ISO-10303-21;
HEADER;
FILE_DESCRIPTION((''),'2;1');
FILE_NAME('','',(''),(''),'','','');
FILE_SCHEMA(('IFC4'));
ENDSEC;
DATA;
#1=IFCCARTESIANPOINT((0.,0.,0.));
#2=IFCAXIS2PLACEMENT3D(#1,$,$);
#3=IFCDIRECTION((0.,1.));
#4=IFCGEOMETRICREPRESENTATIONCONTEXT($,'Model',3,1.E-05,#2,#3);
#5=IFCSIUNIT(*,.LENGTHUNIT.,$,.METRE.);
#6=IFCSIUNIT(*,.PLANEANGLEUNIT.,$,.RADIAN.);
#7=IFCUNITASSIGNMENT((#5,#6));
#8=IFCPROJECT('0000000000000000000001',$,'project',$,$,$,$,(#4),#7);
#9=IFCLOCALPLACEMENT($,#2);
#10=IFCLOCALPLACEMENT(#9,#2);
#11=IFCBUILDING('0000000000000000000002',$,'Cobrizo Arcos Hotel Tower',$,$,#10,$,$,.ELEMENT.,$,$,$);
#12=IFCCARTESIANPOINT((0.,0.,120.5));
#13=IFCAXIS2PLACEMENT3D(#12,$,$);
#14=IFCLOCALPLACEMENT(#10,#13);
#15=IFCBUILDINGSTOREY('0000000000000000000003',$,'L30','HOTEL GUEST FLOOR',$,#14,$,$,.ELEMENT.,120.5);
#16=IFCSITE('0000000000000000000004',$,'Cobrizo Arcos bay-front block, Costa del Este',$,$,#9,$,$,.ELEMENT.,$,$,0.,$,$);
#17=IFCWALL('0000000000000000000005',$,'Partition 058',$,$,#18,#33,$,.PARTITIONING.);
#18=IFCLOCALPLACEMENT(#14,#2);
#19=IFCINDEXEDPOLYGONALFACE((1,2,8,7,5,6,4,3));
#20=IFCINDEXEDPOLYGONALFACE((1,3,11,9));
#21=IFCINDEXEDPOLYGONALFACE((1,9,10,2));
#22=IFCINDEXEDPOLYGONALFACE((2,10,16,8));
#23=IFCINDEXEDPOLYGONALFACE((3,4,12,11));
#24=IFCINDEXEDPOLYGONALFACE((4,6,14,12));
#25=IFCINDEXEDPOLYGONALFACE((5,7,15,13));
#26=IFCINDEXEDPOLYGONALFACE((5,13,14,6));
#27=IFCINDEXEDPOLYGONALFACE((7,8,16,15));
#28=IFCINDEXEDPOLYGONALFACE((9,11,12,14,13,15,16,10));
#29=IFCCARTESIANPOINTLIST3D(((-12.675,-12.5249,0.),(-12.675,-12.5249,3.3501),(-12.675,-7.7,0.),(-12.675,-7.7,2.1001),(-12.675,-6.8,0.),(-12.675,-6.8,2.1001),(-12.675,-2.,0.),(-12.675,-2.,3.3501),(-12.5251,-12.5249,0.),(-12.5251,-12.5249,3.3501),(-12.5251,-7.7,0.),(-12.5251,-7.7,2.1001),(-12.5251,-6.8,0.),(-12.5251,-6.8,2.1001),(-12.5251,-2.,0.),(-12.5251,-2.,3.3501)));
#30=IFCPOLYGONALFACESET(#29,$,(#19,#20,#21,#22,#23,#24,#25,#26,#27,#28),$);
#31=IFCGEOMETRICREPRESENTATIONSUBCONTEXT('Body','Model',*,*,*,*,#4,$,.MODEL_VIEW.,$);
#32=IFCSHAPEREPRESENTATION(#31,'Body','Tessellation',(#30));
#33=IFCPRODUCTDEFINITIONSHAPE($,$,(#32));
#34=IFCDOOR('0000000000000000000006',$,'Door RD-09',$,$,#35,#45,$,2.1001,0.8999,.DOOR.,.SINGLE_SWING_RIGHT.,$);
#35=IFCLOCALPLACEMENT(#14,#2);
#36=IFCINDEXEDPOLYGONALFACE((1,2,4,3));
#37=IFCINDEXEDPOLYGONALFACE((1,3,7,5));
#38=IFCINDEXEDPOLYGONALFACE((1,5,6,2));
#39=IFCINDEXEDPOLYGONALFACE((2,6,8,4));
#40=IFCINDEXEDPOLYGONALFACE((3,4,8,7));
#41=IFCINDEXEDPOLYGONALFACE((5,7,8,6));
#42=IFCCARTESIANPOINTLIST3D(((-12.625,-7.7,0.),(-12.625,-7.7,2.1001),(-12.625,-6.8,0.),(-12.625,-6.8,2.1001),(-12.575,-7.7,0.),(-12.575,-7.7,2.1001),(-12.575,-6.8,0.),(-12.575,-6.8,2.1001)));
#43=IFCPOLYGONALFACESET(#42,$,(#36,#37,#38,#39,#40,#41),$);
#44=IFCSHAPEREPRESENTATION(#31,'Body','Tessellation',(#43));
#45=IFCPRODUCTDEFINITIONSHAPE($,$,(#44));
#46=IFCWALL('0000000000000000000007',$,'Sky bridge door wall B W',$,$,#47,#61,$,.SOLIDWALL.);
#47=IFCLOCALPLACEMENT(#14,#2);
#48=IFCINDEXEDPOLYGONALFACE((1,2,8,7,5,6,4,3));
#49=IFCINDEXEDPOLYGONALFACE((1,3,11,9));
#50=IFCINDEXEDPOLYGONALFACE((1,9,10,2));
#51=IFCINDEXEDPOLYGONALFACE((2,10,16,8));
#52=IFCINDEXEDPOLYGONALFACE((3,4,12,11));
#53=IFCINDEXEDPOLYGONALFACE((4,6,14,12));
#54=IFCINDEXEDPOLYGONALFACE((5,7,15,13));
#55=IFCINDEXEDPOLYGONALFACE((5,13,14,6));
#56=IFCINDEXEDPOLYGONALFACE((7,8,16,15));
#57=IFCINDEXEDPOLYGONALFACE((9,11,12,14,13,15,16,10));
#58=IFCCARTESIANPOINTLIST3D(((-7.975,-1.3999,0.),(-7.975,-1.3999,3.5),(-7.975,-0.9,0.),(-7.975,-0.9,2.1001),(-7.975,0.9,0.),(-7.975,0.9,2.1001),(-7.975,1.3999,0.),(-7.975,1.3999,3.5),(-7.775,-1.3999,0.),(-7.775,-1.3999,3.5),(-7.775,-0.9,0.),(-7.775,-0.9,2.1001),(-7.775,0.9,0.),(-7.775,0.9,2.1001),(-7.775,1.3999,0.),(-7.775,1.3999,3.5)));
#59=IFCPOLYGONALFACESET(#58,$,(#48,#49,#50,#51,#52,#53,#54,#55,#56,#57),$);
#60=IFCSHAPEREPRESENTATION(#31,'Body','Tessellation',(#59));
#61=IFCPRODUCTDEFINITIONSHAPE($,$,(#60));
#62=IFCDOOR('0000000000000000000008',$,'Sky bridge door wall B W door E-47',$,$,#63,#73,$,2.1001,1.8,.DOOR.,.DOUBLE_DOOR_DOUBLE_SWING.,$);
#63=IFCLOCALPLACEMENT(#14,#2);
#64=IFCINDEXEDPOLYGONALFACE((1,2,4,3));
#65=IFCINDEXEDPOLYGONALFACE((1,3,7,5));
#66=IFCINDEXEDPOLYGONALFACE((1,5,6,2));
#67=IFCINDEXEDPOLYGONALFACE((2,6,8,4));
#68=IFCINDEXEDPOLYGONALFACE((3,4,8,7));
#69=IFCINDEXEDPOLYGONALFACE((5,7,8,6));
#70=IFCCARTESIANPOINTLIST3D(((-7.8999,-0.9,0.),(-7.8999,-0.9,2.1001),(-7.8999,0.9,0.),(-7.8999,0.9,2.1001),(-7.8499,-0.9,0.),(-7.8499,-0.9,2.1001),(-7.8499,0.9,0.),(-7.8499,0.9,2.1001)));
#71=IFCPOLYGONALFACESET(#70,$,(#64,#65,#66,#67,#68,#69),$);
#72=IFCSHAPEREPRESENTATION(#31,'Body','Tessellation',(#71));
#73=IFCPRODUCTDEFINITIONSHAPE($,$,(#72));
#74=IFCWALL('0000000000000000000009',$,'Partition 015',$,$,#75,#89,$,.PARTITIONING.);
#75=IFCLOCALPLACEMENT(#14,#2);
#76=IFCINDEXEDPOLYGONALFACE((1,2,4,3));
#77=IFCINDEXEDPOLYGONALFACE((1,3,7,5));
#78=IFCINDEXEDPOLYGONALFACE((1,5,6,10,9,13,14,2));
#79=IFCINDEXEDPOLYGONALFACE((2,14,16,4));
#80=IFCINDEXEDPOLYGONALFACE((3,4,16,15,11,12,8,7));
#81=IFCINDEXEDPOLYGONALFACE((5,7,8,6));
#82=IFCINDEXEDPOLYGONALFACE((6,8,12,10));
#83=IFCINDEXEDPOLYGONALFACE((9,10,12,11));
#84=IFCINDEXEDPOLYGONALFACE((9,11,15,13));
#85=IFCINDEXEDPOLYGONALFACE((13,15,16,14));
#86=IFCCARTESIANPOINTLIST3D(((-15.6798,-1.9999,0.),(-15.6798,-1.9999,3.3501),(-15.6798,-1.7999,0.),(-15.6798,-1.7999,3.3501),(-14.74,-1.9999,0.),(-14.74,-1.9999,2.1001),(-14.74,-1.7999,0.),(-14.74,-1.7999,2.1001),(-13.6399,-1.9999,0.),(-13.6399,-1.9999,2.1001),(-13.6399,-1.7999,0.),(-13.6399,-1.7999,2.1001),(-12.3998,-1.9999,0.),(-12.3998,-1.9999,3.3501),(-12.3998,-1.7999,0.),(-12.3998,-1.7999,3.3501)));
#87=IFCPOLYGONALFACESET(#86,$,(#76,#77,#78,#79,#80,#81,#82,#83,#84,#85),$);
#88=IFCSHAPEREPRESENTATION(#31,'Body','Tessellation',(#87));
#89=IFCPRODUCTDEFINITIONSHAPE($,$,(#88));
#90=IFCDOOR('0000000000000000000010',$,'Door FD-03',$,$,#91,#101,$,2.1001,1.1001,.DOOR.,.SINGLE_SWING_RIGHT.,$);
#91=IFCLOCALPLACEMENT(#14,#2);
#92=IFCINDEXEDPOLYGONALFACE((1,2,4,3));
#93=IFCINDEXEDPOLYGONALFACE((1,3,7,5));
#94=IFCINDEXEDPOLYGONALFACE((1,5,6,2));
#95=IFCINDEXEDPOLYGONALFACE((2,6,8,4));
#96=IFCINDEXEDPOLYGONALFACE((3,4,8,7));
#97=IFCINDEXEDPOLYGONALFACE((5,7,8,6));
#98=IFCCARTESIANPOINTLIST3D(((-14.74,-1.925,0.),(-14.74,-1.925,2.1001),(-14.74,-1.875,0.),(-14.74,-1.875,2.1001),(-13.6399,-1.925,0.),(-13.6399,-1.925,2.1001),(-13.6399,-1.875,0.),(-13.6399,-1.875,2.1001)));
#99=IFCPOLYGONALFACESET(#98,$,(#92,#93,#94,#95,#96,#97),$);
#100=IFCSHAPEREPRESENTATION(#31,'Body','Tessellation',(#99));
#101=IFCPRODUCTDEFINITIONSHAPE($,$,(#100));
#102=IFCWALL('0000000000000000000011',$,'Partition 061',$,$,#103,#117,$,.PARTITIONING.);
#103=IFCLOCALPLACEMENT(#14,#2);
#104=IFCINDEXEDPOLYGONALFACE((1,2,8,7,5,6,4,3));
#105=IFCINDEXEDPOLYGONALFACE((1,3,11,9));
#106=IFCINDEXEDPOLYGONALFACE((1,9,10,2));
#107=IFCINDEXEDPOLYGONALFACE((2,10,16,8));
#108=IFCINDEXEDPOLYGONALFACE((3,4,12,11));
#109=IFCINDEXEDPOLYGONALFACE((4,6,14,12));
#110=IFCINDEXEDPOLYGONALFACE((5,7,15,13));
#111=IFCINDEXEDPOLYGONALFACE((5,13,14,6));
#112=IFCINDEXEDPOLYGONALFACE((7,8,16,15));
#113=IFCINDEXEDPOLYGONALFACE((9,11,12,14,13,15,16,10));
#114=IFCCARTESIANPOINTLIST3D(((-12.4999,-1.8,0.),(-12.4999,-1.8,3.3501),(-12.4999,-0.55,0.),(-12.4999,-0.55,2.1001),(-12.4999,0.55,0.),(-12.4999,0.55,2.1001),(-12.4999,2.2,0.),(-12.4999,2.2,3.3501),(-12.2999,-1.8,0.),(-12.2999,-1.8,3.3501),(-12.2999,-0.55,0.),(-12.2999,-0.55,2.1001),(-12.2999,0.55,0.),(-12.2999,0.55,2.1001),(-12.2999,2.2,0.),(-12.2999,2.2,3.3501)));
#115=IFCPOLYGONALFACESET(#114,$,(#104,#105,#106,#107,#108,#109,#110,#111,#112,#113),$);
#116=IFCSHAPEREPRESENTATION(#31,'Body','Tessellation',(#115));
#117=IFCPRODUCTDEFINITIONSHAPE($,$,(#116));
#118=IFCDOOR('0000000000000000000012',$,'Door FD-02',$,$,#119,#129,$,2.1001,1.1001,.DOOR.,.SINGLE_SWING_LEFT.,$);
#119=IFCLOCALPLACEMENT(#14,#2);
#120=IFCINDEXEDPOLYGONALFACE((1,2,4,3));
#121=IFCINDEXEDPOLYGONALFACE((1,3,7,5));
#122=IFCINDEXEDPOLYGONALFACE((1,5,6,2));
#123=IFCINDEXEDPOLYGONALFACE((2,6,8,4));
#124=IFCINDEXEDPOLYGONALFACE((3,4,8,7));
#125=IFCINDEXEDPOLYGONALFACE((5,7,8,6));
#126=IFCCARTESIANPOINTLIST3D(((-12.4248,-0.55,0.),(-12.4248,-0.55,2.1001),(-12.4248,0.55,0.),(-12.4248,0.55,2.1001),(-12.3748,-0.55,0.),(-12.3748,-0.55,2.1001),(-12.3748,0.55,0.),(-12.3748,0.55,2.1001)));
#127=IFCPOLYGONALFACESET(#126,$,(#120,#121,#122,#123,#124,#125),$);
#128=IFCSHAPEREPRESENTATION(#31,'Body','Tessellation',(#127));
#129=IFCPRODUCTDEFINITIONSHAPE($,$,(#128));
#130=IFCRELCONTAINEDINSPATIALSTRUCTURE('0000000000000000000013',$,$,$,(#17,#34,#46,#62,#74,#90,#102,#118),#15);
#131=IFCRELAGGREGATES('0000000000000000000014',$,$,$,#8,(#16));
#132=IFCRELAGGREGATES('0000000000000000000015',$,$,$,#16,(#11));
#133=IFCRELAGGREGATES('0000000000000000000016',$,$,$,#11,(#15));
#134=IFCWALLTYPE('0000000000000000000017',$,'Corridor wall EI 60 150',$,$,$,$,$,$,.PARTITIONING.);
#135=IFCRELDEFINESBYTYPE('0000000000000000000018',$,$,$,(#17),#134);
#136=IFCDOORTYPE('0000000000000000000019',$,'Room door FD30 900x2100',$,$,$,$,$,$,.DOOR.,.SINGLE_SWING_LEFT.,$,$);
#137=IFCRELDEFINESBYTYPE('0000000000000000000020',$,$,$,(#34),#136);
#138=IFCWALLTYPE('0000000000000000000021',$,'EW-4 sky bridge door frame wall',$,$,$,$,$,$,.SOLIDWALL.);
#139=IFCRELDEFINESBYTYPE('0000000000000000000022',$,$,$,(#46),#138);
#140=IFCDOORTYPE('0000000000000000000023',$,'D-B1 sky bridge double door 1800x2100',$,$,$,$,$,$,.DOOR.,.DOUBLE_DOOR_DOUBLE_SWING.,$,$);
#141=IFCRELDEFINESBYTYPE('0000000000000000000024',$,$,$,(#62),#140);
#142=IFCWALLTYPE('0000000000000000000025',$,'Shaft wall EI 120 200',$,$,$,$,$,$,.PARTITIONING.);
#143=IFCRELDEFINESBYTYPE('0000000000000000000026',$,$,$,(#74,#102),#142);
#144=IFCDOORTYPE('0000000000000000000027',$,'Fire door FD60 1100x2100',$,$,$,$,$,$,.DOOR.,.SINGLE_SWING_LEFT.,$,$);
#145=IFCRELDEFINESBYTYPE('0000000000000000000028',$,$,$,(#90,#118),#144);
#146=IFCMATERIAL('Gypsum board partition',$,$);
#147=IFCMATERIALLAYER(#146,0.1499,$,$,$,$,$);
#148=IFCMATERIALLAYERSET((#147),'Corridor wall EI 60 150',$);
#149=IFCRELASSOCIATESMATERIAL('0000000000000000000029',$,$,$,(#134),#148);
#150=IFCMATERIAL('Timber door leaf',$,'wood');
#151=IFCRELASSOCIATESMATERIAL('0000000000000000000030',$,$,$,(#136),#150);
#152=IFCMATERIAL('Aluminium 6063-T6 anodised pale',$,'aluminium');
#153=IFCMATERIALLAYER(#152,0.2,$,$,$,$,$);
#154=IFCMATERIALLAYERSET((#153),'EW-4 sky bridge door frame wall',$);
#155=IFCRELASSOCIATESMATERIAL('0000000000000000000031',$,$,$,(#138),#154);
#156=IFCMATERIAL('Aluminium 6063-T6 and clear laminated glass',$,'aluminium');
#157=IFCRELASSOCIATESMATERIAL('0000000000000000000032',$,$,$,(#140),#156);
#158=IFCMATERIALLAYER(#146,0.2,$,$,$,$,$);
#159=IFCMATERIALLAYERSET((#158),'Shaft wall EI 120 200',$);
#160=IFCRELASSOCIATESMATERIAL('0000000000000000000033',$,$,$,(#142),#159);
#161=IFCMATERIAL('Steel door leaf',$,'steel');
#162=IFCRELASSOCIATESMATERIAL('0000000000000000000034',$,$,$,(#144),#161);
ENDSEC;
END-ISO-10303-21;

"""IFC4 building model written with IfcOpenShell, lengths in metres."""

from ifc_helpers import new_model, si_unit, direction, frame, frame_2d, origin, place, context, subcontext, project, spatial, rectangle, extrude, material, layer, layer_set, type_object, element, fill, save


model = new_model("IFC4")

# Units and contexts
model_context = context("Model", 3, precision=1e-05, world=origin(), true_north=direction((0.0, 1.0)))
body_context = subcontext(model_context, "Body", "Model", "MODEL_VIEW")
ifc_project = project(units=[si_unit("LENGTHUNIT", "METRE"), si_unit("PLANEANGLEUNIT", "RADIAN")], contexts=[model_context])

# Site, building, storey
site_placement = place(None, origin())
site = spatial("IfcSite", under=ifc_project, at=site_placement, Name="Cobrizo Arcos bay-front block, Costa del Este", CompositionType="ELEMENT", RefElevation=0.0)
building_placement = place(site_placement, origin())
building = spatial("IfcBuilding", under=site, at=building_placement, Name="Cobrizo Arcos Hotel Tower", CompositionType="ELEMENT")
storey_placement = place(building_placement, frame((0.0, 0.0, 120.5)))
storey = spatial("IfcBuildingStorey", under=building, at=storey_placement, Name="L30", Description="HOTEL GUEST FLOOR", CompositionType="ELEMENT", Elevation=120.5)

# Shared definitions
ifc_material_1 = material(Name="Gypsum board partition")
ifc_layer_1 = layer(ifc_material_1, 0.1499)
ifc_layer_set_1 = layer_set([ifc_layer_1], Name="Corridor wall EI 60 150")
wall_type_1 = type_object("IfcWallType", Name="Corridor wall EI 60 150", PredefinedType="PARTITIONING", material=ifc_layer_set_1)

# Walls, openings, doors
ifc_material_2 = material(Name="Timber door leaf", Category="wood")
wall_1_placement = place(storey_placement, frame((-12.6001, -12.5249, 0.0), z_axis=(0.0, 0.0, 1.0), x_axis=(0.0, 1.0, 0.0)))
wall_1 = element("IfcWall", 1, at=wall_1_placement, inside=storey, type_object=wall_type_1, Name="Partition 058", PredefinedType="PARTITIONING", context=body_context, shape_type="SweptSolid", body=[
    extrude(rectangle(XDim=10.5249, YDim=0.1499, at=frame_2d((5.2625, 0.0))), origin(), (0.0, 0.0, 1.0), 3.3501),
])
opening_1_placement = place(wall_1_placement, frame((4.825, 0.0, 0.0)))
opening_1 = element("IfcOpeningElement", 2, at=opening_1_placement, cuts=wall_1, PredefinedType="OPENING", context=body_context, shape_type="SweptSolid", body=[
    extrude(rectangle(XDim=0.8999, YDim=2.1001, at=frame_2d((0.45, 1.05))), frame((0.0, 0.0869, 0.0), z_axis=(0.0, -1.0, 0.0), x_axis=(1.0, 0.0, 0.0)), (0.0, 0.0, 1.0), 0.1738),
])
door_type_1 = type_object("IfcDoorType", Name="Room door FD30 900x2100", OperationType="SINGLE_SWING_LEFT", PredefinedType="DOOR", material=ifc_material_2)
door_1_placement = place(opening_1_placement, origin())
door_1 = element("IfcDoor", 3, at=door_1_placement, inside=storey, type_object=door_type_1, Name="Door RD-09", OperationType="SINGLE_SWING_RIGHT", OverallHeight=2.1001, OverallWidth=0.8999, PredefinedType="DOOR", context=body_context, shape_type="SweptSolid", body=[
    extrude(rectangle(XDim=0.8999, YDim=2.1001, at=frame_2d((0.45, 1.05))), frame((0.0, 0.0249, 0.0), z_axis=(0.0, -1.0, 0.0), x_axis=(1.0, 0.0, 0.0)), (0.0, 0.0, 1.0), 0.05),
])
fill(opening_1, door_1)
ifc_material_3 = material(Name="Aluminium 6063-T6 anodised pale", Category="aluminium")
ifc_layer_2 = layer(ifc_material_3, 0.2)
ifc_layer_set_2 = layer_set([ifc_layer_2], Name="EW-4 sky bridge door frame wall")
wall_type_2 = type_object("IfcWallType", Name="EW-4 sky bridge door frame wall", PredefinedType="SOLIDWALL", material=ifc_layer_set_2)
wall_2_placement = place(storey_placement, frame((-7.875, -1.3999, 0.0), z_axis=(0.0, 0.0, 1.0), x_axis=(0.0, 1.0, 0.0)))
wall_2 = element("IfcWall", 4, at=wall_2_placement, inside=storey, type_object=wall_type_2, Name="Sky bridge door wall B W", PredefinedType="SOLIDWALL", context=body_context, shape_type="SweptSolid", body=[
    extrude(rectangle(XDim=2.7998, YDim=0.2, at=frame_2d((1.3999, 0.0))), origin(), (0.0, 0.0, 1.0), 3.5),
])
opening_2_placement = place(wall_2_placement, frame((0.5, 0.0, 0.0)))
opening_2 = element("IfcOpeningElement", 5, at=opening_2_placement, cuts=wall_2, PredefinedType="OPENING", context=body_context, shape_type="SweptSolid", body=[
    extrude(rectangle(XDim=1.8, YDim=2.1001, at=frame_2d((0.8999, 1.05))), frame((0.0, 0.1121, 0.0), z_axis=(0.0, -1.0, 0.0), x_axis=(1.0, 0.0, 0.0)), (0.0, 0.0, 1.0), 0.2239),
])
ifc_material_4 = material(Name="Aluminium 6063-T6 and clear laminated glass", Category="aluminium")
door_type_2 = type_object("IfcDoorType", Name="D-B1 sky bridge double door 1800x2100", OperationType="DOUBLE_DOOR_DOUBLE_SWING", PredefinedType="DOOR", material=ifc_material_4)
door_2_placement = place(opening_2_placement, origin())
door_2 = element("IfcDoor", 6, at=door_2_placement, inside=storey, type_object=door_type_2, Name="Sky bridge door wall B W door E-47", OperationType="DOUBLE_DOOR_DOUBLE_SWING", OverallHeight=2.1001, OverallWidth=1.8, PredefinedType="DOOR", context=body_context, shape_type="SweptSolid", body=[
    extrude(rectangle(XDim=1.8, YDim=2.1001, at=frame_2d((0.8999, 1.05))), frame((0.0, 0.0249, 0.0), z_axis=(0.0, -1.0, 0.0), x_axis=(1.0, 0.0, 0.0)), (0.0, 0.0, 1.0), 0.05),
])
fill(opening_2, door_2)
ifc_layer_3 = layer(ifc_material_1, 0.2)
ifc_layer_set_3 = layer_set([ifc_layer_3], Name="Shaft wall EI 120 200")
wall_type_3 = type_object("IfcWallType", Name="Shaft wall EI 120 200", PredefinedType="PARTITIONING", material=ifc_layer_set_3)
wall_3_placement = place(storey_placement, frame((-15.6799, -1.8999, 0.0), z_axis=(0.0, 0.0, 1.0), x_axis=(1.0, 0.0, 0.0)))
wall_3 = element("IfcWall", 7, at=wall_3_placement, inside=storey, type_object=wall_type_3, Name="Partition 015", PredefinedType="PARTITIONING", context=body_context, shape_type="SweptSolid", body=[
    extrude(rectangle(XDim=3.28, YDim=0.2, at=frame_2d((1.6401, 0.0))), origin(), (0.0, 0.0, 1.0), 3.3501),
])
opening_3_placement = place(wall_3_placement, frame((0.9399, 0.0, 0.0)))
opening_3 = element("IfcOpeningElement", 8, at=opening_3_placement, cuts=wall_3, PredefinedType="OPENING", context=body_context, shape_type="SweptSolid", body=[
    extrude(rectangle(XDim=1.1001, YDim=2.1001, at=frame_2d((0.55, 1.05))), frame((0.0, 0.1121, 0.0), z_axis=(0.0, -1.0, 0.0), x_axis=(1.0, 0.0, 0.0)), (0.0, 0.0, 1.0), 0.2239),
])
ifc_material_5 = material(Name="Steel door leaf", Category="steel")
door_type_3 = type_object("IfcDoorType", Name="Fire door FD60 1100x2100", OperationType="SINGLE_SWING_LEFT", PredefinedType="DOOR", material=ifc_material_5)
door_3_placement = place(opening_3_placement, origin())
door_3 = element("IfcDoor", 9, at=door_3_placement, inside=storey, type_object=door_type_3, Name="Door FD-03", OperationType="SINGLE_SWING_RIGHT", OverallHeight=2.1001, OverallWidth=1.1001, PredefinedType="DOOR", context=body_context, shape_type="SweptSolid", body=[
    extrude(rectangle(XDim=1.1001, YDim=2.1001, at=frame_2d((0.55, 1.05))), frame((0.0, 0.0249, 0.0), z_axis=(0.0, -1.0, 0.0), x_axis=(1.0, 0.0, 0.0)), (0.0, 0.0, 1.0), 0.05),
])
fill(opening_3, door_3)
wall_4_placement = place(storey_placement, frame((-12.3999, -1.8, 0.0), z_axis=(0.0, 0.0, 1.0), x_axis=(0.0, 1.0, 0.0)))
wall_4 = element("IfcWall", 10, at=wall_4_placement, inside=storey, type_object=wall_type_3, Name="Partition 061", PredefinedType="PARTITIONING", context=body_context, shape_type="SweptSolid", body=[
    extrude(rectangle(XDim=4.0, YDim=0.2, at=frame_2d((2.0, 0.0))), origin(), (0.0, 0.0, 1.0), 3.3501),
])
opening_4_placement = place(wall_4_placement, frame((1.25, 0.0, 0.0)))
opening_4 = element("IfcOpeningElement", 11, at=opening_4_placement, cuts=wall_4, PredefinedType="OPENING", context=body_context, shape_type="SweptSolid", body=[
    extrude(rectangle(XDim=1.1001, YDim=2.1001, at=frame_2d((0.55, 1.05))), frame((0.0, 0.1121, 0.0), z_axis=(0.0, -1.0, 0.0), x_axis=(1.0, 0.0, 0.0)), (0.0, 0.0, 1.0), 0.2239),
])
door_4_placement = place(opening_4_placement, origin())
door_4 = element("IfcDoor", 12, at=door_4_placement, inside=storey, type_object=door_type_3, Name="Door FD-02", OperationType="SINGLE_SWING_LEFT", OverallHeight=2.1001, OverallWidth=1.1001, PredefinedType="DOOR", context=body_context, shape_type="SweptSolid", body=[
    extrude(rectangle(XDim=1.1001, YDim=2.1001, at=frame_2d((0.55, 1.05))), frame((0.0, 0.0249, 0.0), z_axis=(0.0, -1.0, 0.0), x_axis=(1.0, 0.0, 0.0)), (0.0, 0.0, 1.0), 0.05),
])
fill(opening_4, door_4)

save(model, "model.ifc")
